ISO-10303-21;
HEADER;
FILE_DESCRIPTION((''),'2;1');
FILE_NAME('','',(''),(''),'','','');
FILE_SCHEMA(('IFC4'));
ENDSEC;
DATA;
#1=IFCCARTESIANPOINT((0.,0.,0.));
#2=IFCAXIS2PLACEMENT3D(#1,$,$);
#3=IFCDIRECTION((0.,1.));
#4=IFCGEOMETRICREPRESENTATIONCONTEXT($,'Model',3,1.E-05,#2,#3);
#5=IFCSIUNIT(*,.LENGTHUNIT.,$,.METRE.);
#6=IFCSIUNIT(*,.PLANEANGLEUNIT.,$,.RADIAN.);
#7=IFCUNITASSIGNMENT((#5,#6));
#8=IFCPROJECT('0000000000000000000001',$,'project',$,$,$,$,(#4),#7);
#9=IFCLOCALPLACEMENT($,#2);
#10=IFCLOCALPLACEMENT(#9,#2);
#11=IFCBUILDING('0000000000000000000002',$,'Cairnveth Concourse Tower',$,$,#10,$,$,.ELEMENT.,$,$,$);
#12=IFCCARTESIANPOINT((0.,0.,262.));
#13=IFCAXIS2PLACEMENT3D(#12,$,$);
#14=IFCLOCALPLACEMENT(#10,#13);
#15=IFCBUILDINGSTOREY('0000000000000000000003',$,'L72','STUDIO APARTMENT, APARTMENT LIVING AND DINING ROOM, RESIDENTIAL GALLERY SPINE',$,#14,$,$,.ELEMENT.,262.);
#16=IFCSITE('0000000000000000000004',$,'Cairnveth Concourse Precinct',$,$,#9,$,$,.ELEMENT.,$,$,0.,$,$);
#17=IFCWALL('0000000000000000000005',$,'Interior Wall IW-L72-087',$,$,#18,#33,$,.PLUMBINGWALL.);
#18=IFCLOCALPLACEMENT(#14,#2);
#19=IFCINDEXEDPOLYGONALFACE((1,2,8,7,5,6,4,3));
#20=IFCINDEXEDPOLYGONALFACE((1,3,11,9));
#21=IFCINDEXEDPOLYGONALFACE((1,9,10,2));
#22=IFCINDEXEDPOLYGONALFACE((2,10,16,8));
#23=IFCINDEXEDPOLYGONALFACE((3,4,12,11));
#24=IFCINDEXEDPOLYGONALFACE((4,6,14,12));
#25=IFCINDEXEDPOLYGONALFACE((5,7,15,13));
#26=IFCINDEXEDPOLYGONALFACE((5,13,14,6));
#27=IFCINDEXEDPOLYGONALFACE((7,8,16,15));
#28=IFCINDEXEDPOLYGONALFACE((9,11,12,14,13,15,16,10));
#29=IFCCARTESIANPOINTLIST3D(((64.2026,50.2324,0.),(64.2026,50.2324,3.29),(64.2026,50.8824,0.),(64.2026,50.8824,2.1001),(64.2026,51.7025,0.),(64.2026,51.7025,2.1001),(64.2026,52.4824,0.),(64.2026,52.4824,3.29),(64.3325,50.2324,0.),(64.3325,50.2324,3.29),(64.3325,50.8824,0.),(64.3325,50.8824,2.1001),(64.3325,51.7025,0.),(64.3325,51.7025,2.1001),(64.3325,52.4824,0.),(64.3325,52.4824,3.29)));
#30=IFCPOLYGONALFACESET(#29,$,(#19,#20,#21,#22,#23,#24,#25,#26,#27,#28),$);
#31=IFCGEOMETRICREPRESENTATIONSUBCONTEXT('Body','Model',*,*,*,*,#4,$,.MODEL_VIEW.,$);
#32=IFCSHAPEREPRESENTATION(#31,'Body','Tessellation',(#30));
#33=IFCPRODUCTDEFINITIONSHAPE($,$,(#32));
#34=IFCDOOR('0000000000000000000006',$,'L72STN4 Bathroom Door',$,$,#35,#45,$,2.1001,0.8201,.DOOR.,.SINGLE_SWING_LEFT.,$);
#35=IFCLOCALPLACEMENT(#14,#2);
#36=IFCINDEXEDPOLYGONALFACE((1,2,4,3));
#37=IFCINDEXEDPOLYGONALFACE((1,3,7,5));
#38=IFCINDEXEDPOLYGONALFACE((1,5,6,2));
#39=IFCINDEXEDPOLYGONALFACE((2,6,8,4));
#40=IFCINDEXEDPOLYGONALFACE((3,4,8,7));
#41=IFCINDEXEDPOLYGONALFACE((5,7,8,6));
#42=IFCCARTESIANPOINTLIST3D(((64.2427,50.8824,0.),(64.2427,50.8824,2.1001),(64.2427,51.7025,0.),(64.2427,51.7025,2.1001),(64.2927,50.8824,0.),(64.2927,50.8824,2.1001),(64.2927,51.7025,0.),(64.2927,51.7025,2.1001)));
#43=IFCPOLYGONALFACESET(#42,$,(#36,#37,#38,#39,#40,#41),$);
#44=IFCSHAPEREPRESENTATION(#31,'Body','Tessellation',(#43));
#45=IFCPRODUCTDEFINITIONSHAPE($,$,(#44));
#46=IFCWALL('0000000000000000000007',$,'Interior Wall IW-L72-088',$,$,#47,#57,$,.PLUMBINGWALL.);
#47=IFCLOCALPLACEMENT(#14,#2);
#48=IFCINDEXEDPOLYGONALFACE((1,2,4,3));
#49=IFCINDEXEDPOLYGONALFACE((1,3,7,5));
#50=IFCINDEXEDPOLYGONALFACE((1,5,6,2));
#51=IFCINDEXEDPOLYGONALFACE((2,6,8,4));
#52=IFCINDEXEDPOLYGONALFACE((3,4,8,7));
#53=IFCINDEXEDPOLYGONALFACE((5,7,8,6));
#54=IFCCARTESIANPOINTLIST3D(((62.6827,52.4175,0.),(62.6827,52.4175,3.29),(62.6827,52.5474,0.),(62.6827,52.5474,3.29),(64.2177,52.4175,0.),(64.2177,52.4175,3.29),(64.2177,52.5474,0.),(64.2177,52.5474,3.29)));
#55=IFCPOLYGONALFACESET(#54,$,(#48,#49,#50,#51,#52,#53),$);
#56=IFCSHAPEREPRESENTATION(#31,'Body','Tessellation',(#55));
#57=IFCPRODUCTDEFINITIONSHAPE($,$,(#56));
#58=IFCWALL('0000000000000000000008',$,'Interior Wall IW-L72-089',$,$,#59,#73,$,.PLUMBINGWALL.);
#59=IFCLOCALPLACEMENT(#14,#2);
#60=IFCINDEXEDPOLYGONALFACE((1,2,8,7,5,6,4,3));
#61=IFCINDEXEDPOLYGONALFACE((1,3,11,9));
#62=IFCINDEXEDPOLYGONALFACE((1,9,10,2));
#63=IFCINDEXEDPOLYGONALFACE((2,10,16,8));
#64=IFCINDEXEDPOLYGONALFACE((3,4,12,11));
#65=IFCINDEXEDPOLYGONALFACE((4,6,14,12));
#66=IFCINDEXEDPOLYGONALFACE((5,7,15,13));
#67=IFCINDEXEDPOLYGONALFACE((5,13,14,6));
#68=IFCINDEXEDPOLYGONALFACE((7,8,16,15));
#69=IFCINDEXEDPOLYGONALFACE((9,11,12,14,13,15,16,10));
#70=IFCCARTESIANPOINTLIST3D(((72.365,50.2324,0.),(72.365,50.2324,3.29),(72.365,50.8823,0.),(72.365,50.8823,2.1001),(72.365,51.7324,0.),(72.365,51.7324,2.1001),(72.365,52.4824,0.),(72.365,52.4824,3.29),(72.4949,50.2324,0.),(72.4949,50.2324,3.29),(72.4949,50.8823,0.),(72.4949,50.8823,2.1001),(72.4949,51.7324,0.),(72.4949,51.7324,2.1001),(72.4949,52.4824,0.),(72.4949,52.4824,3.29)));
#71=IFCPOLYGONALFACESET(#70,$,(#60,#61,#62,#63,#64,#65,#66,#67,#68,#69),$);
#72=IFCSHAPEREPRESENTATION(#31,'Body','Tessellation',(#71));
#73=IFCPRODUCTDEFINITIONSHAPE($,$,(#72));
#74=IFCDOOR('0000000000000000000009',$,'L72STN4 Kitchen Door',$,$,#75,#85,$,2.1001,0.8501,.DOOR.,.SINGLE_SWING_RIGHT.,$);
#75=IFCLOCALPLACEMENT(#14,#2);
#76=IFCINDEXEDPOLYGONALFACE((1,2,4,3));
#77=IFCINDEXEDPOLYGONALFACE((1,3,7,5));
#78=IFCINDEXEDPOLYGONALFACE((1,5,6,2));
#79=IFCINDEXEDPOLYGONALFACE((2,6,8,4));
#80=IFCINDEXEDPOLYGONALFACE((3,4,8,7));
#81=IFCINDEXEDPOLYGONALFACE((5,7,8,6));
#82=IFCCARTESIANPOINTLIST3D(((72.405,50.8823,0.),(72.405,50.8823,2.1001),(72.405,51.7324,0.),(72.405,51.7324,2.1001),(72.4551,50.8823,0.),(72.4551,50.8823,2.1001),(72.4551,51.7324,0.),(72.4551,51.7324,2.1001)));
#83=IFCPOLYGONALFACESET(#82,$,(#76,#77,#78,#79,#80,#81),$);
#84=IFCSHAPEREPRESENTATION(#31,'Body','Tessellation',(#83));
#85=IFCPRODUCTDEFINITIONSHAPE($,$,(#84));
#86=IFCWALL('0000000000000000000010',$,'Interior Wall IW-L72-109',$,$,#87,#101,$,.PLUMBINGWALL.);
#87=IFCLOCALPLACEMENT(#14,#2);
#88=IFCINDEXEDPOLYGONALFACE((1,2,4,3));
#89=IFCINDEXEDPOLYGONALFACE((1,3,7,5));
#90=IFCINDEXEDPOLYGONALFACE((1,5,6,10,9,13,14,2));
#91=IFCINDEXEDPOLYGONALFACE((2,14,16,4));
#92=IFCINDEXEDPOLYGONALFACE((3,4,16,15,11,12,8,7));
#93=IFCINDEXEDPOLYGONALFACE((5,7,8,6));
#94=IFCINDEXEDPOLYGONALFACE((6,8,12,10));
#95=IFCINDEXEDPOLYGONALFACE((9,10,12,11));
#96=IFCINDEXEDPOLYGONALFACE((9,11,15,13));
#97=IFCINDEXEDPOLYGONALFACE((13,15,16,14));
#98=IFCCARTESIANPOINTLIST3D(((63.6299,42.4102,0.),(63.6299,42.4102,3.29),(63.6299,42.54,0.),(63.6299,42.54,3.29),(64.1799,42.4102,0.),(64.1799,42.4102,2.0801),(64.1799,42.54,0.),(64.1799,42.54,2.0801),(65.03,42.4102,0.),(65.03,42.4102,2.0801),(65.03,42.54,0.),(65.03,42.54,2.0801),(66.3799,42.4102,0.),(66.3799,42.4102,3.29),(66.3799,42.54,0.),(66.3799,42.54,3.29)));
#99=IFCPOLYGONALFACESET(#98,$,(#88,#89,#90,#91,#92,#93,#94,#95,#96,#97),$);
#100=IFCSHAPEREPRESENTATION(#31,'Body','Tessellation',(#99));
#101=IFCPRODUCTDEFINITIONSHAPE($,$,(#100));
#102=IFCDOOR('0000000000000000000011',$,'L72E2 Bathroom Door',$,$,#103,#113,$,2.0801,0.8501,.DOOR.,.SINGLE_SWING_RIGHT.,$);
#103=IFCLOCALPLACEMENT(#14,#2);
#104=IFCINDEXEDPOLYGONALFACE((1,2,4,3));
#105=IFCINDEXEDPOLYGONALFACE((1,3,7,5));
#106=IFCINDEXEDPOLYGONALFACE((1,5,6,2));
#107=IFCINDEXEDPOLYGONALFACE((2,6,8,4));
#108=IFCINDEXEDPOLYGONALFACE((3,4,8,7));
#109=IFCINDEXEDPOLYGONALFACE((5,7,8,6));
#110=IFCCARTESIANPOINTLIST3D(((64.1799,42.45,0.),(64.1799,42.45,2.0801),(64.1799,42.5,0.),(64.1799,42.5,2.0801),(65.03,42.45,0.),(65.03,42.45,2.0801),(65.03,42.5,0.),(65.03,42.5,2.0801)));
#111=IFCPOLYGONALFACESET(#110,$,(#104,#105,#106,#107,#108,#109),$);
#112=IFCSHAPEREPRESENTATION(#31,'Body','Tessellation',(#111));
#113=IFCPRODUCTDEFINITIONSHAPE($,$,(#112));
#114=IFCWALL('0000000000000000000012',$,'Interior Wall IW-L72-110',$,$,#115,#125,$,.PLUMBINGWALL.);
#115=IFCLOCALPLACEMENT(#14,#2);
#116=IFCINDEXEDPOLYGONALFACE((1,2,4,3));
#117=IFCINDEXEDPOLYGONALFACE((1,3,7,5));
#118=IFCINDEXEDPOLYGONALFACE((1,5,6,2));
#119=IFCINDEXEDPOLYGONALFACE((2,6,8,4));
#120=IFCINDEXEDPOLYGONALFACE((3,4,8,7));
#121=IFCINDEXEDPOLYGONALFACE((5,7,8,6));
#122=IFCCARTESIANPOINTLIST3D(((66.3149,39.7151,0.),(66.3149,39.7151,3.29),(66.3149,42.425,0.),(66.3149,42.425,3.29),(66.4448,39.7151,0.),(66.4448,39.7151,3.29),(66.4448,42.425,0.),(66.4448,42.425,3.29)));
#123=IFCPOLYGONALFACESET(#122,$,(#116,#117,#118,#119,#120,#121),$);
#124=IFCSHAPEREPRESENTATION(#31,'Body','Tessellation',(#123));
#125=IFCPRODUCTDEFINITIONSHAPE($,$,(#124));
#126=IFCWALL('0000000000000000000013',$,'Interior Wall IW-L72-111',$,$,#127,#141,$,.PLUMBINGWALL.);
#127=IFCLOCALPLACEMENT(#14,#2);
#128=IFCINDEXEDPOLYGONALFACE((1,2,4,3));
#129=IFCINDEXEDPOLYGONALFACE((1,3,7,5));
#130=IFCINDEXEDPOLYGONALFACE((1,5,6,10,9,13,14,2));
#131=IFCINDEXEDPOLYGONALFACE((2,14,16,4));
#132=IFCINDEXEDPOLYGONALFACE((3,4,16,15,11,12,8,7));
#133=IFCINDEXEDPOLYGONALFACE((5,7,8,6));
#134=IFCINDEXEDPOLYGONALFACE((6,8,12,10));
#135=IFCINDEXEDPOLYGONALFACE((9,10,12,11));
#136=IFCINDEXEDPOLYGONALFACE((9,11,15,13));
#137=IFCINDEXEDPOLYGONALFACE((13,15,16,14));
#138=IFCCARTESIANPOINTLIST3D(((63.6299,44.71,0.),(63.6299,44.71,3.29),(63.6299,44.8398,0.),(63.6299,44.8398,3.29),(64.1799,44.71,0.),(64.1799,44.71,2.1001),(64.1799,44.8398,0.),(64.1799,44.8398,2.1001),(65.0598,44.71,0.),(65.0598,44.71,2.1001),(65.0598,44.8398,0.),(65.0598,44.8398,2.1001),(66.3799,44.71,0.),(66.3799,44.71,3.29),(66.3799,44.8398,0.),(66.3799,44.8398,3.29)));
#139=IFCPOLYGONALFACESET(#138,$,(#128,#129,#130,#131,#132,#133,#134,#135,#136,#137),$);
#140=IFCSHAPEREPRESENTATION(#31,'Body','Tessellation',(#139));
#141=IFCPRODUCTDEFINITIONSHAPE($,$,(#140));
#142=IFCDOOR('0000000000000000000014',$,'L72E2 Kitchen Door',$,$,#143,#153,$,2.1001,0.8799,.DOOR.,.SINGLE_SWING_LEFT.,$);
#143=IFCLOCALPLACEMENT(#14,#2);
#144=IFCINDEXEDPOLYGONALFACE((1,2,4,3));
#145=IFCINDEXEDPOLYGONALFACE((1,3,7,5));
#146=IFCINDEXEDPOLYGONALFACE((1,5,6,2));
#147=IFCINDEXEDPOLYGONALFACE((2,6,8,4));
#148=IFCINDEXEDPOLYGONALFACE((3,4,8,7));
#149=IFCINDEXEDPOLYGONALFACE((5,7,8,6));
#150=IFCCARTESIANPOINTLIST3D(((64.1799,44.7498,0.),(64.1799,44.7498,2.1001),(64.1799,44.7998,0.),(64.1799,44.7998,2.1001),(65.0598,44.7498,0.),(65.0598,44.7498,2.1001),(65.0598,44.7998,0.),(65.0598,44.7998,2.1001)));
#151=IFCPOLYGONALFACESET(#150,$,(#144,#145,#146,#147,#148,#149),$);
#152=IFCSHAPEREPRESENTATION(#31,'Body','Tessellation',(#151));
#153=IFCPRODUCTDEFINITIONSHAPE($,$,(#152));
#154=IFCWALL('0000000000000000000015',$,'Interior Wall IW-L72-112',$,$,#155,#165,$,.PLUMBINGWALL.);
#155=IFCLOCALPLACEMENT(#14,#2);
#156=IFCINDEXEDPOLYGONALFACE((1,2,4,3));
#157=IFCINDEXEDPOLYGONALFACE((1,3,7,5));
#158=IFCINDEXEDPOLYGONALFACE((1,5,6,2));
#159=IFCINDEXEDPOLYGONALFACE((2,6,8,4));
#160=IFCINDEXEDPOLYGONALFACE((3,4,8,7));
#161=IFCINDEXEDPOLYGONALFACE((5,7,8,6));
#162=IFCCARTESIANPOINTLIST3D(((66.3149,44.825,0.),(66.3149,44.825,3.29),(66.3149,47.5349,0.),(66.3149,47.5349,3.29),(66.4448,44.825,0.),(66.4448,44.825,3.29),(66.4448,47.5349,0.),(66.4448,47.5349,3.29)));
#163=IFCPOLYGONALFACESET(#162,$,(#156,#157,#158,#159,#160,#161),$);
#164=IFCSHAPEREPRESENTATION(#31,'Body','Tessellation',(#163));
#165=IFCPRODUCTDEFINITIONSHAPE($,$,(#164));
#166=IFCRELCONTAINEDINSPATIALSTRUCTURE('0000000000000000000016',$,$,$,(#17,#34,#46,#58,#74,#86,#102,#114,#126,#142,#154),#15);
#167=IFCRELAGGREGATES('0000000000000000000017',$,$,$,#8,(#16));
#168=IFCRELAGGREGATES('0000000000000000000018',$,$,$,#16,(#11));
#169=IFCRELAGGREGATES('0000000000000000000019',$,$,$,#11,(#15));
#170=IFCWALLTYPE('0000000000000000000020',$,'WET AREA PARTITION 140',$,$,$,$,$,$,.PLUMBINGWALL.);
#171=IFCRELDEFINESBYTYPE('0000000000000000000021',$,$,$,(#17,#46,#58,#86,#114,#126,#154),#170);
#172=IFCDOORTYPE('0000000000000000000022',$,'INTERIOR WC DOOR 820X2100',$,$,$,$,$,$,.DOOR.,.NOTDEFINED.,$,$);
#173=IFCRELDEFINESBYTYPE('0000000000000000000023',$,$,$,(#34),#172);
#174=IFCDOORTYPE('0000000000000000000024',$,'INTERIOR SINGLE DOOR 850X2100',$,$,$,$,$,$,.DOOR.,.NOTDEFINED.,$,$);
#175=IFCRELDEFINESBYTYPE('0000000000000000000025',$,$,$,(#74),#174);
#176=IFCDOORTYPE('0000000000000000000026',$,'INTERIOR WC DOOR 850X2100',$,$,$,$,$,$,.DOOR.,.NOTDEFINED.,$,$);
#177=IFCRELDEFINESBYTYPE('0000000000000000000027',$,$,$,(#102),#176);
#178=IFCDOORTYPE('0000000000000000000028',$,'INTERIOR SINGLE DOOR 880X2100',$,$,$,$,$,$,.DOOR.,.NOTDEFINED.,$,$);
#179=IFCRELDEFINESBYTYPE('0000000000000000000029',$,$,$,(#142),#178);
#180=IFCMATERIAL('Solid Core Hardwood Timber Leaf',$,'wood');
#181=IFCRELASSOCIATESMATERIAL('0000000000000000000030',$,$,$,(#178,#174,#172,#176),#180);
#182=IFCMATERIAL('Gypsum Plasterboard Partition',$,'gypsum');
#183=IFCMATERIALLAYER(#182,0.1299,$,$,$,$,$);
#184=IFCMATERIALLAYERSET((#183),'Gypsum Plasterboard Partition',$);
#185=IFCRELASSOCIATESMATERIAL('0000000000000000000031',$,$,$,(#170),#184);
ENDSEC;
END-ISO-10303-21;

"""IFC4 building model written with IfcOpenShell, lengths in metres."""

from ifc_helpers import new_model, si_unit, direction, frame, frame_2d, origin, place, context, subcontext, project, spatial, rectangle, extrude, material, layer, layer_set, type_object, element, fill, save


model = new_model("IFC4")

# Units and contexts
model_context = context("Model", 3, precision=1e-05, world=origin(), true_north=direction((0.0, 1.0)))
body_context = subcontext(model_context, "Body", "Model", "MODEL_VIEW")
ifc_project = project(units=[si_unit("LENGTHUNIT", "METRE"), si_unit("PLANEANGLEUNIT", "RADIAN")], contexts=[model_context])

# Site, building, storey
site_placement = place(None, origin())
site = spatial("IfcSite", under=ifc_project, at=site_placement, Name="Cairnveth Concourse Precinct", CompositionType="ELEMENT", RefElevation=0.0)
building_placement = place(site_placement, origin())
building = spatial("IfcBuilding", under=site, at=building_placement, Name="Cairnveth Concourse Tower", CompositionType="ELEMENT")
storey_placement = place(building_placement, frame((0.0, 0.0, 262.0)))
storey = spatial("IfcBuildingStorey", under=building, at=storey_placement, Name="L72", Description="STUDIO APARTMENT, APARTMENT LIVING AND DINING ROOM, RESIDENTIAL GALLERY SPINE", CompositionType="ELEMENT", Elevation=262.0)

# Shared definitions
ifc_material_1 = material(Name="Gypsum Plasterboard Partition", Category="gypsum")

# Shared definitions
ifc_material_2 = material(Name="Solid Core Hardwood Timber Leaf", Category="wood")
door_type_1 = type_object("IfcDoorType", Name="INTERIOR SINGLE DOOR 880X2100", OperationType="NOTDEFINED", PredefinedType="DOOR", material=ifc_material_2)
ifc_layer_1 = layer(ifc_material_1, 0.1299)
ifc_layer_set_1 = layer_set([ifc_layer_1], Name="Gypsum Plasterboard Partition")
wall_type_1 = type_object("IfcWallType", Name="WET AREA PARTITION 140", PredefinedType="PLUMBINGWALL", material=ifc_layer_set_1)
door_type_2 = type_object("IfcDoorType", Name="INTERIOR SINGLE DOOR 850X2100", OperationType="NOTDEFINED", PredefinedType="DOOR", material=ifc_material_2)

# Wall, opening, door
wall_1_placement = place(storey_placement, frame((64.2676, 50.2324, 0.0), z_axis=(0.0, 0.0, 1.0), x_axis=(0.0, 1.0, 0.0)))
wall_1 = element("IfcWall", 1, at=wall_1_placement, inside=storey, type_object=wall_type_1, Name="Interior Wall IW-L72-087", PredefinedType="PLUMBINGWALL", context=body_context, shape_type="SweptSolid", body=[
    extrude(rectangle(XDim=2.25, YDim=0.1299, at=frame_2d((1.125, 0.0))), origin(), (0.0, 0.0, 1.0), 3.29),
])
opening_1_placement = place(wall_1_placement, frame((0.6499, 0.0, 0.0)))
opening_1 = element("IfcOpeningElement", 2, at=opening_1_placement, cuts=wall_1, PredefinedType="OPENING", context=body_context, shape_type="SweptSolid", body=[
    extrude(rectangle(XDim=0.8201, YDim=2.1001, at=frame_2d((0.4102, 1.05))), frame((0.0, 0.075, 0.0), z_axis=(0.0, -1.0, 0.0), x_axis=(1.0, 0.0, 0.0)), (0.0, 0.0, 1.0), 0.1499),
])
door_type_3 = type_object("IfcDoorType", Name="INTERIOR WC DOOR 820X2100", OperationType="NOTDEFINED", PredefinedType="DOOR", material=ifc_material_2)
door_1_placement = place(opening_1_placement, origin())
door_1 = element("IfcDoor", 3, at=door_1_placement, inside=storey, type_object=door_type_3, Name="L72STN4 Bathroom Door", OperationType="SINGLE_SWING_LEFT", OverallHeight=2.1001, OverallWidth=0.8201, PredefinedType="DOOR", context=body_context, shape_type="SweptSolid", body=[
    extrude(rectangle(XDim=0.8201, YDim=2.1001, at=frame_2d((0.4102, 1.05))), frame((0.0, 0.0249, 0.0), z_axis=(0.0, -1.0, 0.0), x_axis=(1.0, 0.0, 0.0)), (0.0, 0.0, 1.0), 0.05),
])
fill(opening_1, door_1)

# Wall
wall_2_placement = place(storey_placement, frame((62.6826, 52.4824, 0.0), z_axis=(0.0, 0.0, 1.0), x_axis=(1.0, 0.0, 0.0)))
element("IfcWall", 4, at=wall_2_placement, inside=storey, type_object=wall_type_1, Name="Interior Wall IW-L72-088", PredefinedType="PLUMBINGWALL", context=body_context, shape_type="SweptSolid", body=[
    extrude(rectangle(XDim=1.5349, YDim=0.1299, at=frame_2d((0.7676, 0.0))), origin(), (0.0, 0.0, 1.0), 3.29),
])

# Walls, openings, doors
wall_3_placement = place(storey_placement, frame((72.4299, 50.2324, 0.0), z_axis=(0.0, 0.0, 1.0), x_axis=(0.0, 1.0, 0.0)))
wall_3 = element("IfcWall", 5, at=wall_3_placement, inside=storey, type_object=wall_type_1, Name="Interior Wall IW-L72-089", PredefinedType="PLUMBINGWALL", context=body_context, shape_type="SweptSolid", body=[
    extrude(rectangle(XDim=2.25, YDim=0.1299, at=frame_2d((1.125, 0.0))), origin(), (0.0, 0.0, 1.0), 3.29),
])
opening_2_placement = place(wall_3_placement, frame((0.6499, 0.0, 0.0)))
opening_2 = element("IfcOpeningElement", 6, at=opening_2_placement, cuts=wall_3, PredefinedType="OPENING", context=body_context, shape_type="SweptSolid", body=[
    extrude(rectangle(XDim=0.8501, YDim=2.1001, at=frame_2d((0.425, 1.05))), frame((0.0, 0.075, 0.0), z_axis=(0.0, -1.0, 0.0), x_axis=(1.0, 0.0, 0.0)), (0.0, 0.0, 1.0), 0.1499),
])
door_2_placement = place(opening_2_placement, origin())
door_2 = element("IfcDoor", 7, at=door_2_placement, inside=storey, type_object=door_type_2, Name="L72STN4 Kitchen Door", OperationType="SINGLE_SWING_RIGHT", OverallHeight=2.1001, OverallWidth=0.8501, PredefinedType="DOOR", context=body_context, shape_type="SweptSolid", body=[
    extrude(rectangle(XDim=0.8501, YDim=2.1001, at=frame_2d((0.425, 1.05))), frame((0.0, 0.0249, 0.0), z_axis=(0.0, -1.0, 0.0), x_axis=(1.0, 0.0, 0.0)), (0.0, 0.0, 1.0), 0.05),
])
fill(opening_2, door_2)
wall_4_placement = place(storey_placement, frame((63.6299, 42.4751, 0.0), z_axis=(0.0, 0.0, 1.0), x_axis=(1.0, 0.0, 0.0)))
wall_4 = element("IfcWall", 8, at=wall_4_placement, inside=storey, type_object=wall_type_1, Name="Interior Wall IW-L72-109", PredefinedType="PLUMBINGWALL", context=body_context, shape_type="SweptSolid", body=[
    extrude(rectangle(XDim=2.75, YDim=0.1299, at=frame_2d((1.375, 0.0))), origin(), (0.0, 0.0, 1.0), 3.29),
])
opening_3_placement = place(wall_4_placement, frame((0.55, 0.0, 0.0)))
opening_3 = element("IfcOpeningElement", 9, at=opening_3_placement, cuts=wall_4, PredefinedType="OPENING", context=body_context, shape_type="SweptSolid", body=[
    extrude(rectangle(XDim=0.8501, YDim=2.0801, at=frame_2d((0.425, 1.04))), frame((0.0, 0.075, 0.0), z_axis=(0.0, -1.0, 0.0), x_axis=(1.0, 0.0, 0.0)), (0.0, 0.0, 1.0), 0.1499),
])
door_type_4 = type_object("IfcDoorType", Name="INTERIOR WC DOOR 850X2100", OperationType="NOTDEFINED", PredefinedType="DOOR", material=ifc_material_2)
door_3_placement = place(opening_3_placement, origin())
door_3 = element("IfcDoor", 10, at=door_3_placement, inside=storey, type_object=door_type_4, Name="L72E2 Bathroom Door", OperationType="SINGLE_SWING_RIGHT", OverallHeight=2.0801, OverallWidth=0.8501, PredefinedType="DOOR", context=body_context, shape_type="SweptSolid", body=[
    extrude(rectangle(XDim=0.8501, YDim=2.0801, at=frame_2d((0.425, 1.04))), frame((0.0, 0.0249, 0.0), z_axis=(0.0, -1.0, 0.0), x_axis=(1.0, 0.0, 0.0)), (0.0, 0.0, 1.0), 0.05),
])
fill(opening_3, door_3)

# Wall
wall_5_placement = place(storey_placement, frame((66.3799, 39.7151, 0.0), z_axis=(0.0, 0.0, 1.0), x_axis=(0.0, 1.0, 0.0)))
element("IfcWall", 11, at=wall_5_placement, inside=storey, type_object=wall_type_1, Name="Interior Wall IW-L72-110", PredefinedType="PLUMBINGWALL", context=body_context, shape_type="SweptSolid", body=[
    extrude(rectangle(XDim=2.71, YDim=0.1299, at=frame_2d((1.355, 0.0))), origin(), (0.0, 0.0, 1.0), 3.29),
])

# Wall, opening, door
wall_6_placement = place(storey_placement, frame((63.6299, 44.7749, 0.0), z_axis=(0.0, 0.0, 1.0), x_axis=(1.0, 0.0, 0.0)))
wall_6 = element("IfcWall", 12, at=wall_6_placement, inside=storey, type_object=wall_type_1, Name="Interior Wall IW-L72-111", PredefinedType="PLUMBINGWALL", context=body_context, shape_type="SweptSolid", body=[
    extrude(rectangle(XDim=2.75, YDim=0.1299, at=frame_2d((1.375, 0.0))), origin(), (0.0, 0.0, 1.0), 3.29),
])
opening_4_placement = place(wall_6_placement, frame((0.55, 0.0, 0.0)))
opening_4 = element("IfcOpeningElement", 13, at=opening_4_placement, cuts=wall_6, PredefinedType="OPENING", context=body_context, shape_type="SweptSolid", body=[
    extrude(rectangle(XDim=0.8799, YDim=2.1001, at=frame_2d((0.4399, 1.05))), frame((0.0, 0.075, 0.0), z_axis=(0.0, -1.0, 0.0), x_axis=(1.0, 0.0, 0.0)), (0.0, 0.0, 1.0), 0.1499),
])
door_4_placement = place(opening_4_placement, origin())
door_4 = element("IfcDoor", 14, at=door_4_placement, inside=storey, type_object=door_type_1, Name="L72E2 Kitchen Door", OperationType="SINGLE_SWING_LEFT", OverallHeight=2.1001, OverallWidth=0.8799, PredefinedType="DOOR", context=body_context, shape_type="SweptSolid", body=[
    extrude(rectangle(XDim=0.8799, YDim=2.1001, at=frame_2d((0.4399, 1.05))), frame((0.0, 0.0249, 0.0), z_axis=(0.0, -1.0, 0.0), x_axis=(1.0, 0.0, 0.0)), (0.0, 0.0, 1.0), 0.05),
])
fill(opening_4, door_4)

# Wall
wall_7_placement = place(storey_placement, frame((66.3799, 44.825, 0.0), z_axis=(0.0, 0.0, 1.0), x_axis=(0.0, 1.0, 0.0)))
element("IfcWall", 15, at=wall_7_placement, inside=storey, type_object=wall_type_1, Name="Interior Wall IW-L72-112", PredefinedType="PLUMBINGWALL", context=body_context, shape_type="SweptSolid", body=[
    extrude(rectangle(XDim=2.71, YDim=0.1299, at=frame_2d((1.355, 0.0))), origin(), (0.0, 0.0, 1.0), 3.29),
])

save(model, "model.ifc")
